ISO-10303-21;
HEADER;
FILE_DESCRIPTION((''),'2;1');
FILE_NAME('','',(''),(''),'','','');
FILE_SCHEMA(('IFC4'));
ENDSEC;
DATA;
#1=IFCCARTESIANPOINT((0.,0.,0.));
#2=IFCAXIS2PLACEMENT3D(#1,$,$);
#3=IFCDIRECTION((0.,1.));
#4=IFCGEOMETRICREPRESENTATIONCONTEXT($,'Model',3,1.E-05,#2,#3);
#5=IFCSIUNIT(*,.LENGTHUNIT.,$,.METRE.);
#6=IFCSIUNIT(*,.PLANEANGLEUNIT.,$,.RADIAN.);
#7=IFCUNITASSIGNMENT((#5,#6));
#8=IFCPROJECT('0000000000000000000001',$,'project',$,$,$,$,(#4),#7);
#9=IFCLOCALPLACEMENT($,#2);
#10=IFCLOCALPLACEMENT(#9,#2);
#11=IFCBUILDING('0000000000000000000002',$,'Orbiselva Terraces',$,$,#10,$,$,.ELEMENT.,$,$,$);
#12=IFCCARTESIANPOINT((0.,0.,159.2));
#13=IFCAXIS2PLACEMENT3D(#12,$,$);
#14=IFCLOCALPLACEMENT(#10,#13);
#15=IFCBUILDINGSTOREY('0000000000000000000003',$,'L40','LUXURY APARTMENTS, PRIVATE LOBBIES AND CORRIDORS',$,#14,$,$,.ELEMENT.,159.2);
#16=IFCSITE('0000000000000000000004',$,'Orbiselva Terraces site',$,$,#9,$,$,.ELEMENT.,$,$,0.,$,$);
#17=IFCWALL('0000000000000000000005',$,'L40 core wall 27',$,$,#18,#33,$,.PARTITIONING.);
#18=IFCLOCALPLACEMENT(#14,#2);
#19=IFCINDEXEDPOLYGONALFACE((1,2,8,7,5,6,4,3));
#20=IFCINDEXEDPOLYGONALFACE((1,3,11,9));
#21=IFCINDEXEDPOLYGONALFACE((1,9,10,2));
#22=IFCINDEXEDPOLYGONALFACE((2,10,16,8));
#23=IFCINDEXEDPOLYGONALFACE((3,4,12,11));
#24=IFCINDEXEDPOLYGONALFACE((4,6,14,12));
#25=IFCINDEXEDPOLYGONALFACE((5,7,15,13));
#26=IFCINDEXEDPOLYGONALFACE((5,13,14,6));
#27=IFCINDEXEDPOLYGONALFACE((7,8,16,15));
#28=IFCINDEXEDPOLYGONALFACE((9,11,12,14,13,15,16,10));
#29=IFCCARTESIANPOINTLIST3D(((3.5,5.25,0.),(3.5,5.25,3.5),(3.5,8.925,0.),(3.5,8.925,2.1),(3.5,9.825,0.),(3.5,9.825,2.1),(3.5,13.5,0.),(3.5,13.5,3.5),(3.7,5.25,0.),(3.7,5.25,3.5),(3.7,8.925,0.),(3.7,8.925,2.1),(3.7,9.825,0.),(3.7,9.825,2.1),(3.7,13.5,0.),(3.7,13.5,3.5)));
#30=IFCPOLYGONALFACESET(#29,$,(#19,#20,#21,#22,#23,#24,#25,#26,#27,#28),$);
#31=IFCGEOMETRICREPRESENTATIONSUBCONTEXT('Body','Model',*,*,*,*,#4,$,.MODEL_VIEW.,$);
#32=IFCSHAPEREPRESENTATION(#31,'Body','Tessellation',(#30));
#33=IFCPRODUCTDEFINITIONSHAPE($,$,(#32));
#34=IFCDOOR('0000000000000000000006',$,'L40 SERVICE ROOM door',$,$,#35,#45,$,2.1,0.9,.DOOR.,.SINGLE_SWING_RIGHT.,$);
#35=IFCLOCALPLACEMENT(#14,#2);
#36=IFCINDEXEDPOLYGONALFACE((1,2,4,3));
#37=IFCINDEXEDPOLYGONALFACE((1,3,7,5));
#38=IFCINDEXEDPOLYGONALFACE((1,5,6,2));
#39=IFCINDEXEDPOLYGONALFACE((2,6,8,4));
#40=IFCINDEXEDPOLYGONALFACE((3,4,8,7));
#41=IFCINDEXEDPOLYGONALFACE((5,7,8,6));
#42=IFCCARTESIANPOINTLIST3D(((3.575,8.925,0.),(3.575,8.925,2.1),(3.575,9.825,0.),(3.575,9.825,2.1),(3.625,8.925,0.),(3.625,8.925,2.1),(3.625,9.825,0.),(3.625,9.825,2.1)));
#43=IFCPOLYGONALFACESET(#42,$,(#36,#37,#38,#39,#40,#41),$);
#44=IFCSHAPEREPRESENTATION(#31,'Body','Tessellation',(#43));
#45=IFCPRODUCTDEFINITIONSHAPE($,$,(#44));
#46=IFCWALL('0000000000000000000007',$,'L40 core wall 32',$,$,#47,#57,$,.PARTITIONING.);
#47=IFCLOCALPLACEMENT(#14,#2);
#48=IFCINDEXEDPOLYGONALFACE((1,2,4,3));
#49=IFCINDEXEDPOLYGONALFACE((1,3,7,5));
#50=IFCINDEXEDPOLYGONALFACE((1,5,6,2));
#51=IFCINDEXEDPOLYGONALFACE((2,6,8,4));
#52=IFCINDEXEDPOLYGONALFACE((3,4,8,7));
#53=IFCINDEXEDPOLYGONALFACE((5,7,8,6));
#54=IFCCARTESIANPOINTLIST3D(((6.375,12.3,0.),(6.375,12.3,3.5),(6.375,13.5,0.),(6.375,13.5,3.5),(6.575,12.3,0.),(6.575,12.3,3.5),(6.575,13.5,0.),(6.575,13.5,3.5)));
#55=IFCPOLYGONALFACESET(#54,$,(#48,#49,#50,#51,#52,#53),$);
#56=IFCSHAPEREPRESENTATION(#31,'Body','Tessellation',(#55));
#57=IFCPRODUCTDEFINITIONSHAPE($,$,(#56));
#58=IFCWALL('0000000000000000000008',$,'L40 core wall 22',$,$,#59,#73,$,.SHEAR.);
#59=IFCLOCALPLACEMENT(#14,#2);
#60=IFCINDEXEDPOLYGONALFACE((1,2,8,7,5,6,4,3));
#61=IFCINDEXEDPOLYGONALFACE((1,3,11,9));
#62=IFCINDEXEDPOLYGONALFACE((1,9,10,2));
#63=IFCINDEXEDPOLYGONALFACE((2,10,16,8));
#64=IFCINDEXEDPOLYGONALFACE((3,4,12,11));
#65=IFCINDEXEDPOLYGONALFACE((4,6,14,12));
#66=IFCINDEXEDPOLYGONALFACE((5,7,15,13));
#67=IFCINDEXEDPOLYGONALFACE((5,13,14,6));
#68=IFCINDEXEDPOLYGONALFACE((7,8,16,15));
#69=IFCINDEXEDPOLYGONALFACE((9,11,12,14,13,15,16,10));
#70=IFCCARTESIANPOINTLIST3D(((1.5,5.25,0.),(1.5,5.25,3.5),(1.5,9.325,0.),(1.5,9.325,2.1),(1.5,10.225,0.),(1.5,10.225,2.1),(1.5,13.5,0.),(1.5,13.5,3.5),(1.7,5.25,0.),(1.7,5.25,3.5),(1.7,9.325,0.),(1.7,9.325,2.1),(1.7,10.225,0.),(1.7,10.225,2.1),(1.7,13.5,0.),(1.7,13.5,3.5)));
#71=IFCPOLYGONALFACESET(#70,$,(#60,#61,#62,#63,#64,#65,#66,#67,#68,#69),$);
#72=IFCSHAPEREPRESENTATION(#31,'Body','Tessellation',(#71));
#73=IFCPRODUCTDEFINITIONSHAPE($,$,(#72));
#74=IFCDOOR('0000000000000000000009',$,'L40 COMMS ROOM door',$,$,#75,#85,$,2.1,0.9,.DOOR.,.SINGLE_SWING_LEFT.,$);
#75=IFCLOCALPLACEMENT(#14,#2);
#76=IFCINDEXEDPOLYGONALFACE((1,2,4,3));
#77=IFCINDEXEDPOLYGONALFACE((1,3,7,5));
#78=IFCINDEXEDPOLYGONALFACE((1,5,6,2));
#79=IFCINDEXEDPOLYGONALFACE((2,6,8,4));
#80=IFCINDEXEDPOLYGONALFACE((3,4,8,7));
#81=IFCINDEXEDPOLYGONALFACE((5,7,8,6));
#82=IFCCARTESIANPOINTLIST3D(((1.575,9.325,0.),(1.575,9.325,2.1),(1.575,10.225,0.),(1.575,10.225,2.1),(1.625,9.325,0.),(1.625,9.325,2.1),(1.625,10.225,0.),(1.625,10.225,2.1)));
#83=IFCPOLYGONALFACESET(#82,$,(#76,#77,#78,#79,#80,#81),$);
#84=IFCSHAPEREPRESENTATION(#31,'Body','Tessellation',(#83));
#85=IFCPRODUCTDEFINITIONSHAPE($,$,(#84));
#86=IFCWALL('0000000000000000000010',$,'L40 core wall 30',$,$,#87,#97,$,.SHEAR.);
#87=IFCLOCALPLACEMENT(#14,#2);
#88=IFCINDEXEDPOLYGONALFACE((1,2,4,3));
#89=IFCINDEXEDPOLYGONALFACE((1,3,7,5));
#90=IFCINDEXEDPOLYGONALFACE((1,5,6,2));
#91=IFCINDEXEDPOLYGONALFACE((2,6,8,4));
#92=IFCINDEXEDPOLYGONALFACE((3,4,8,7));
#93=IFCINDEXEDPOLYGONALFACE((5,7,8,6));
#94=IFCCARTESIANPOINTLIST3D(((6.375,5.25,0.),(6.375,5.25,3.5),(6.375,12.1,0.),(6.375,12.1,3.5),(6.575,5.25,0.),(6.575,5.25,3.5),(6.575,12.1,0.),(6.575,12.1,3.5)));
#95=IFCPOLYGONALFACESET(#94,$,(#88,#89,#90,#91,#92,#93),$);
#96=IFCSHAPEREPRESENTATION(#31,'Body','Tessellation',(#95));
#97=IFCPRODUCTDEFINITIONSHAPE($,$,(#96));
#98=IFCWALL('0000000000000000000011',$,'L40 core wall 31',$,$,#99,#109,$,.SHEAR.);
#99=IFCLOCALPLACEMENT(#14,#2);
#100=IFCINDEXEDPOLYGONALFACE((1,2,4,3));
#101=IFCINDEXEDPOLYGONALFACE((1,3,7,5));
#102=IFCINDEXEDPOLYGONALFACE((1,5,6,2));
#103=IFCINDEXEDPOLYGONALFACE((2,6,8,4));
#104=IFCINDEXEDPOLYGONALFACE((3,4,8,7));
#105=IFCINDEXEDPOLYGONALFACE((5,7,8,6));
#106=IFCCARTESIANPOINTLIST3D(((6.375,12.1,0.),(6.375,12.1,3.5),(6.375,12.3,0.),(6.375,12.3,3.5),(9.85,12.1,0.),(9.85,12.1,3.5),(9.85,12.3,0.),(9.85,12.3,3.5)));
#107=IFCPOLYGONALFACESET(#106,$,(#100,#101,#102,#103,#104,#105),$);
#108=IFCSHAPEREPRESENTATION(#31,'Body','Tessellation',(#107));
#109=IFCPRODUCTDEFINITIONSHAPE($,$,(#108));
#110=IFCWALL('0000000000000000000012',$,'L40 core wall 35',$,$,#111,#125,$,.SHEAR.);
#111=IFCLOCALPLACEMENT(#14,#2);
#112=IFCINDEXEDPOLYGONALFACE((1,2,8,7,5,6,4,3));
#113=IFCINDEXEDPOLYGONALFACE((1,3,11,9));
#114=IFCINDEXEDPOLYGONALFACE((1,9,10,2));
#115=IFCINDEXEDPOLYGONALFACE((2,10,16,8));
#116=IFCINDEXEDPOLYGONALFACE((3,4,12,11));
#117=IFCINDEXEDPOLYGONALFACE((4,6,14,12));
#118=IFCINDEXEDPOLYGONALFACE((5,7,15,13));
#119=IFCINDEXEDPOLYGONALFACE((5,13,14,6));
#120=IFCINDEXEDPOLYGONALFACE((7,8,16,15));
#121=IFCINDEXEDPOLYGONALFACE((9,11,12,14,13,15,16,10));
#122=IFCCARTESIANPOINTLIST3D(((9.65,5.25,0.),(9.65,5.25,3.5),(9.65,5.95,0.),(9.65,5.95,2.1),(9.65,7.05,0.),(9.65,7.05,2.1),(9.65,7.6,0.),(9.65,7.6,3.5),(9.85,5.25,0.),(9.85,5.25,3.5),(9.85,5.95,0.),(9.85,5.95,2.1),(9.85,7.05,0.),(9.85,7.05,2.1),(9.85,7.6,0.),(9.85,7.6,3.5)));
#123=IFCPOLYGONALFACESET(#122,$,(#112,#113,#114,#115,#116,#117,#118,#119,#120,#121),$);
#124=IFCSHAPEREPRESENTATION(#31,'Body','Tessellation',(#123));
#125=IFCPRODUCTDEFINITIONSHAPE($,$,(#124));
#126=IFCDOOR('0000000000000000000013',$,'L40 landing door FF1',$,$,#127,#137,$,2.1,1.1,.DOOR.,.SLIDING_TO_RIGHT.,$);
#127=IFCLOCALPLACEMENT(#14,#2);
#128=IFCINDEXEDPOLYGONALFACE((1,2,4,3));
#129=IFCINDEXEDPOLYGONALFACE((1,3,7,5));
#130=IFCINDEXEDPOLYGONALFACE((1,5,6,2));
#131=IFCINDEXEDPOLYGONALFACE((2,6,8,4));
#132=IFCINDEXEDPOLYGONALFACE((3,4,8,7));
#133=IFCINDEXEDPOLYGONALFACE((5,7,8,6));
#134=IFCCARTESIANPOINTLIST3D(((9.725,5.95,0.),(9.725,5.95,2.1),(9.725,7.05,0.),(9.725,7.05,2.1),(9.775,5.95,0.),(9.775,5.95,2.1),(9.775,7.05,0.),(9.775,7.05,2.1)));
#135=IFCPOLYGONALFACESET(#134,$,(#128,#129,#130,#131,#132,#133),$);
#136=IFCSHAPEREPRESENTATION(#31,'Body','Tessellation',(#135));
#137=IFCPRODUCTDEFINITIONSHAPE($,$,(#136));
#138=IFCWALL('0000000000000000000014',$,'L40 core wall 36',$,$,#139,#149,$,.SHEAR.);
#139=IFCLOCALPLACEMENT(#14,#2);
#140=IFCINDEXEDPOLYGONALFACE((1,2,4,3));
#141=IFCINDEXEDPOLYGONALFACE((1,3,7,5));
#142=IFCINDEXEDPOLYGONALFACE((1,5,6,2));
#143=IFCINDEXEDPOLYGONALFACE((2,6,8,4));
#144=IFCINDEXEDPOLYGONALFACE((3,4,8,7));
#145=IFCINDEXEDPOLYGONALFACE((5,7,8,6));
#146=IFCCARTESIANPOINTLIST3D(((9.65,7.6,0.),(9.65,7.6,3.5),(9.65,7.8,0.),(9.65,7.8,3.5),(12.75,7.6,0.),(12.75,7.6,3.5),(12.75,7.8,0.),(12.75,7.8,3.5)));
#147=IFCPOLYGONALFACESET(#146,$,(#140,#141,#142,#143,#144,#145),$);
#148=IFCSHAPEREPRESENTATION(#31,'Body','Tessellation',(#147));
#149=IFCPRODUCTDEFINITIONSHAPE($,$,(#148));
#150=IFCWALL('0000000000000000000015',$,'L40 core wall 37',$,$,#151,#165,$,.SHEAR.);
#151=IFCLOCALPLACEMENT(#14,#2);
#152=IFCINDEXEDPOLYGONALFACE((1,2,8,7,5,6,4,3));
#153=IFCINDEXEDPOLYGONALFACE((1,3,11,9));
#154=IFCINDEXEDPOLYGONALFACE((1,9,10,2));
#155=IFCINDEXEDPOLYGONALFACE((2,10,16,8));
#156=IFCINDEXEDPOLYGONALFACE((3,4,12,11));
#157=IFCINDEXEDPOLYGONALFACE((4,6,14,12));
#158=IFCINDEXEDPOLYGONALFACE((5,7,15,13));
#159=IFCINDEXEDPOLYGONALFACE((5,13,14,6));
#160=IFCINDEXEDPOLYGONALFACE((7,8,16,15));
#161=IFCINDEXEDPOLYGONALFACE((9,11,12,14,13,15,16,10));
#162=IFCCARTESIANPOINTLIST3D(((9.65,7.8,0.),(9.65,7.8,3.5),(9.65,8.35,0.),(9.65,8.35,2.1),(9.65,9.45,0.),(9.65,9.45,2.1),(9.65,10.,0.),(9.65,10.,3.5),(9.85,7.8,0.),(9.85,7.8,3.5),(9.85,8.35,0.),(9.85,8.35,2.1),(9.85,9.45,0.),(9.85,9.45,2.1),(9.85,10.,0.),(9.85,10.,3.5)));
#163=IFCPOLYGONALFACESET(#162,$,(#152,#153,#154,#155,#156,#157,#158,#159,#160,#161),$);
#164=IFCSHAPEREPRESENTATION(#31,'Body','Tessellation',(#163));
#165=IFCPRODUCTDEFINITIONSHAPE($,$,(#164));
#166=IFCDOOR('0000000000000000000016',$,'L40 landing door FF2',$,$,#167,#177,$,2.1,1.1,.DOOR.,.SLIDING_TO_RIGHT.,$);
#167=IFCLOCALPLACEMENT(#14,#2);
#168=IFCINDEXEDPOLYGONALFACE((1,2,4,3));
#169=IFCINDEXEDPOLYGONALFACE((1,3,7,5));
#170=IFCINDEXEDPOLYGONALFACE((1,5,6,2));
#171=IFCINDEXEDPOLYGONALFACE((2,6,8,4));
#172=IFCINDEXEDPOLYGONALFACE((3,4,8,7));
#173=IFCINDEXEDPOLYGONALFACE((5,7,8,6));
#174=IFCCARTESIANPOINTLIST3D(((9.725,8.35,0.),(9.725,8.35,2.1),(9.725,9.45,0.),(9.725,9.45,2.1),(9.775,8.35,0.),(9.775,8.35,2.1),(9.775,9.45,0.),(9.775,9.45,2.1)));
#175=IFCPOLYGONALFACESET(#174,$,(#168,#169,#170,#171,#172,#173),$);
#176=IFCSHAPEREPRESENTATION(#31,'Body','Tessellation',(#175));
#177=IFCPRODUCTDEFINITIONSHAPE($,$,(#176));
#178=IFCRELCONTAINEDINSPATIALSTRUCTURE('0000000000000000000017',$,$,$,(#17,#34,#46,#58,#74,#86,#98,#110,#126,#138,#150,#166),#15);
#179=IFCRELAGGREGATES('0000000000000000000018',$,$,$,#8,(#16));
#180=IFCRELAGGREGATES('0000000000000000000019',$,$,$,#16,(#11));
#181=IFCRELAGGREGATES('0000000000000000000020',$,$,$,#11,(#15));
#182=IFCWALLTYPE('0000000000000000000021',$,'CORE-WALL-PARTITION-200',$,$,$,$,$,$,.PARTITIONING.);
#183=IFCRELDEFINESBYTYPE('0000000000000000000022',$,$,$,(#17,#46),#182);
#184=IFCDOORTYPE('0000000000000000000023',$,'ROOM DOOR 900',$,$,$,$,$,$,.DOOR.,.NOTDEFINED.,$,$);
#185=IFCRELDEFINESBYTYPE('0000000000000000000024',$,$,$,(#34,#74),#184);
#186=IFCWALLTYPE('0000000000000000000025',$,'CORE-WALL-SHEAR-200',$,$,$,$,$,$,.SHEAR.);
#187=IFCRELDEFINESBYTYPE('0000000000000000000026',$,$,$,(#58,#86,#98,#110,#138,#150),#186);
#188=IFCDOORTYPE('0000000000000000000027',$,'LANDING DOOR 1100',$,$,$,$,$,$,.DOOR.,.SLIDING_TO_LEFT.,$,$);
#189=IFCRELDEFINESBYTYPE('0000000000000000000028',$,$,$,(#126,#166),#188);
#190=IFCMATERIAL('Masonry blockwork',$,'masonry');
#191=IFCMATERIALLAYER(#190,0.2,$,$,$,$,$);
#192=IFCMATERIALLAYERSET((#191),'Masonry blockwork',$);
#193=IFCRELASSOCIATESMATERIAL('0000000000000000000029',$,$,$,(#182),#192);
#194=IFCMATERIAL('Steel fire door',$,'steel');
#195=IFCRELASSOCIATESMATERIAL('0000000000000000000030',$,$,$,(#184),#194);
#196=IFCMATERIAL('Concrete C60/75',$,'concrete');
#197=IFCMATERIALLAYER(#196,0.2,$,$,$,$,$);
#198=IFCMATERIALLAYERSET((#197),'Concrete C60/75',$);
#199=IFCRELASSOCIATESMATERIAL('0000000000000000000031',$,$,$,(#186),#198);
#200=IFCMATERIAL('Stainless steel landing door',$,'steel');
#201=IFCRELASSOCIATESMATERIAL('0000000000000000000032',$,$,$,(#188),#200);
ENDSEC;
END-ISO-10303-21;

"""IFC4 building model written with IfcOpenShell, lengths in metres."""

from ifc_helpers import new_model, si_unit, direction, frame, frame_2d, origin, place, context, subcontext, project, spatial, rectangle, extrude, material, layer, layer_set, type_object, element, fill, save


model = new_model("IFC4")

# Units and contexts
model_context = context("Model", 3, precision=1e-05, world=origin(), true_north=direction((0.0, 1.0)))
body_context = subcontext(model_context, "Body", "Model", "MODEL_VIEW")
ifc_project = project(units=[si_unit("LENGTHUNIT", "METRE"), si_unit("PLANEANGLEUNIT", "RADIAN")], contexts=[model_context])

# Site, building, storey
site_placement = place(None, origin())
site = spatial("IfcSite", under=ifc_project, at=site_placement, Name="Orbiselva Terraces site", CompositionType="ELEMENT", RefElevation=0.0)
building_placement = place(site_placement, origin())
building = spatial("IfcBuilding", under=site, at=building_placement, Name="Orbiselva Terraces", CompositionType="ELEMENT")
storey_placement = place(building_placement, frame((0.0, 0.0, 159.2)))
storey = spatial("IfcBuildingStorey", under=building, at=storey_placement, Name="L40", Description="LUXURY APARTMENTS, PRIVATE LOBBIES AND CORRIDORS", CompositionType="ELEMENT", Elevation=159.2)

# Wall, opening, door
ifc_material_1 = material(Name="Masonry blockwork", Category="masonry")
ifc_layer_1 = layer(ifc_material_1, 0.2)
ifc_layer_set_1 = layer_set([ifc_layer_1], Name="Masonry blockwork")
wall_type_1 = type_object("IfcWallType", Name="CORE-WALL-PARTITION-200", PredefinedType="PARTITIONING", material=ifc_layer_set_1)
wall_1_placement = place(storey_placement, frame((3.6, 13.5, 0.0), z_axis=(0.0, 0.0, 1.0), x_axis=(0.0, -1.0, 0.0)))
wall_1 = element("IfcWall", 1, at=wall_1_placement, inside=storey, type_object=wall_type_1, Name="L40 core wall 27", PredefinedType="PARTITIONING", context=body_context, shape_type="SweptSolid", body=[
    extrude(rectangle(XDim=8.25, YDim=0.2, at=frame_2d((4.125, 0.0))), origin(), (0.0, 0.0, 1.0), 3.5),
])
opening_1_placement = place(wall_1_placement, frame((3.675, 0.0, 0.0)))
opening_1 = element("IfcOpeningElement", 2, at=opening_1_placement, cuts=wall_1, PredefinedType="OPENING", context=body_context, shape_type="SweptSolid", body=[
    extrude(rectangle(XDim=0.9, YDim=2.1, at=frame_2d((0.45, 1.05))), frame((0.0, 0.11, 0.0), z_axis=(0.0, -1.0, 0.0), x_axis=(1.0, 0.0, 0.0)), (0.0, 0.0, 1.0), 0.22),
])
ifc_material_2 = material(Name="Steel fire door", Category="steel")
door_type_1 = type_object("IfcDoorType", Name="ROOM DOOR 900", OperationType="NOTDEFINED", PredefinedType="DOOR", material=ifc_material_2)
door_1_placement = place(opening_1_placement, origin())
door_1 = element("IfcDoor", 3, at=door_1_placement, inside=storey, type_object=door_type_1, Name="L40 SERVICE ROOM door", OperationType="SINGLE_SWING_RIGHT", OverallHeight=2.1, OverallWidth=0.9, PredefinedType="DOOR", context=body_context, shape_type="SweptSolid", body=[
    extrude(rectangle(XDim=0.9, YDim=2.1, at=frame_2d((0.45, 1.05))), frame((0.0, 0.025, 0.0), z_axis=(0.0, -1.0, 0.0), x_axis=(1.0, 0.0, 0.0)), (0.0, 0.0, 1.0), 0.05),
])
fill(opening_1, door_1)

# Wall
wall_2_placement = place(storey_placement, frame((6.475, 12.3, 0.0), z_axis=(0.0, 0.0, 1.0), x_axis=(0.0, 1.0, 0.0)))
element("IfcWall", 4, at=wall_2_placement, inside=storey, type_object=wall_type_1, Name="L40 core wall 32", PredefinedType="PARTITIONING", context=body_context, shape_type="SweptSolid", body=[
    extrude(rectangle(XDim=1.2, YDim=0.2, at=frame_2d((0.6, 0.0))), origin(), (0.0, 0.0, 1.0), 3.5),
])

# Wall, opening, door
ifc_material_3 = material(Name="Concrete C60/75", Category="concrete")
ifc_layer_2 = layer(ifc_material_3, 0.2)
ifc_layer_set_2 = layer_set([ifc_layer_2], Name="Concrete C60/75")
wall_type_2 = type_object("IfcWallType", Name="CORE-WALL-SHEAR-200", PredefinedType="SHEAR", material=ifc_layer_set_2)
wall_3_placement = place(storey_placement, frame((1.6, 13.5, 0.0), z_axis=(0.0, 0.0, 1.0), x_axis=(0.0, -1.0, 0.0)))
wall_3 = element("IfcWall", 5, at=wall_3_placement, inside=storey, type_object=wall_type_2, Name="L40 core wall 22", PredefinedType="SHEAR", context=body_context, shape_type="SweptSolid", body=[
    extrude(rectangle(XDim=8.25, YDim=0.2, at=frame_2d((4.125, 0.0))), origin(), (0.0, 0.0, 1.0), 3.5),
])
opening_2_placement = place(wall_3_placement, frame((3.275, 0.0, 0.0)))
opening_2 = element("IfcOpeningElement", 6, at=opening_2_placement, cuts=wall_3, PredefinedType="OPENING", context=body_context, shape_type="SweptSolid", body=[
    extrude(rectangle(XDim=0.9, YDim=2.1, at=frame_2d((0.45, 1.05))), frame((0.0, 0.11, 0.0), z_axis=(0.0, -1.0, 0.0), x_axis=(1.0, 0.0, 0.0)), (0.0, 0.0, 1.0), 0.22),
])
door_2_placement = place(opening_2_placement, origin())
door_2 = element("IfcDoor", 7, at=door_2_placement, inside=storey, type_object=door_type_1, Name="L40 COMMS ROOM door", OperationType="SINGLE_SWING_LEFT", OverallHeight=2.1, OverallWidth=0.9, PredefinedType="DOOR", context=body_context, shape_type="SweptSolid", body=[
    extrude(rectangle(XDim=0.9, YDim=2.1, at=frame_2d((0.45, 1.05))), frame((0.0, 0.025, 0.0), z_axis=(0.0, -1.0, 0.0), x_axis=(1.0, 0.0, 0.0)), (0.0, 0.0, 1.0), 0.05),
])
fill(opening_2, door_2)

# Walls
wall_4_placement = place(storey_placement, frame((6.475, 5.25, 0.0), z_axis=(0.0, 0.0, 1.0), x_axis=(0.0, 1.0, 0.0)))
element("IfcWall", 8, at=wall_4_placement, inside=storey, type_object=wall_type_2, Name="L40 core wall 30", PredefinedType="SHEAR", context=body_context, shape_type="SweptSolid", body=[
    extrude(rectangle(XDim=6.85, YDim=0.2, at=frame_2d((3.425, 0.0))), origin(), (0.0, 0.0, 1.0), 3.5),
])
wall_5_placement = place(storey_placement, frame((6.375, 12.2, 0.0), z_axis=(0.0, 0.0, 1.0), x_axis=(1.0, 0.0, 0.0)))
element("IfcWall", 9, at=wall_5_placement, inside=storey, type_object=wall_type_2, Name="L40 core wall 31", PredefinedType="SHEAR", context=body_context, shape_type="SweptSolid", body=[
    extrude(rectangle(XDim=3.475, YDim=0.2, at=frame_2d((1.7375, 0.0))), origin(), (0.0, 0.0, 1.0), 3.5),
])

# Wall, opening, door
wall_6_placement = place(storey_placement, frame((9.75, 5.25, 0.0), z_axis=(0.0, 0.0, 1.0), x_axis=(0.0, 1.0, 0.0)))
wall_6 = element("IfcWall", 10, at=wall_6_placement, inside=storey, type_object=wall_type_2, Name="L40 core wall 35", PredefinedType="SHEAR", context=body_context, shape_type="SweptSolid", body=[
    extrude(rectangle(XDim=2.35, YDim=0.2, at=frame_2d((1.175, 0.0))), origin(), (0.0, 0.0, 1.0), 3.5),
])
opening_3_placement = place(wall_6_placement, frame((0.7, 0.0, 0.0)))
opening_3 = element("IfcOpeningElement", 11, at=opening_3_placement, cuts=wall_6, PredefinedType="OPENING", context=body_context, shape_type="SweptSolid", body=[
    extrude(rectangle(XDim=1.1, YDim=2.1, at=frame_2d((0.55, 1.05))), frame((0.0, 0.11, 0.0), z_axis=(0.0, -1.0, 0.0), x_axis=(1.0, 0.0, 0.0)), (0.0, 0.0, 1.0), 0.22),
])
ifc_material_4 = material(Name="Stainless steel landing door", Category="steel")
door_type_2 = type_object("IfcDoorType", Name="LANDING DOOR 1100", OperationType="SLIDING_TO_LEFT", PredefinedType="DOOR", material=ifc_material_4)
door_3_placement = place(opening_3_placement, origin())
door_3 = element("IfcDoor", 12, at=door_3_placement, inside=storey, type_object=door_type_2, Name="L40 landing door FF1", OperationType="SLIDING_TO_RIGHT", OverallHeight=2.1, OverallWidth=1.1, PredefinedType="DOOR", context=body_context, shape_type="SweptSolid", body=[
    extrude(rectangle(XDim=1.1, YDim=2.1, at=frame_2d((0.55, 1.05))), frame((0.0, 0.025, 0.0), z_axis=(0.0, -1.0, 0.0), x_axis=(1.0, 0.0, 0.0)), (0.0, 0.0, 1.0), 0.05),
])
fill(opening_3, door_3)

# Wall
wall_7_placement = place(storey_placement, frame((9.65, 7.7, 0.0), z_axis=(0.0, 0.0, 1.0), x_axis=(1.0, 0.0, 0.0)))
element("IfcWall", 13, at=wall_7_placement, inside=storey, type_object=wall_type_2, Name="L40 core wall 36", PredefinedType="SHEAR", context=body_context, shape_type="SweptSolid", body=[
    extrude(rectangle(XDim=3.1, YDim=0.2, at=frame_2d((1.55, 0.0))), origin(), (0.0, 0.0, 1.0), 3.5),
])

# Wall, opening, door
wall_8_placement = place(storey_placement, frame((9.75, 7.8, 0.0), z_axis=(0.0, 0.0, 1.0), x_axis=(0.0, 1.0, 0.0)))
wall_8 = element("IfcWall", 14, at=wall_8_placement, inside=storey, type_object=wall_type_2, Name="L40 core wall 37", PredefinedType="SHEAR", context=body_context, shape_type="SweptSolid", body=[
    extrude(rectangle(XDim=2.2, YDim=0.2, at=frame_2d((1.1, 0.0))), origin(), (0.0, 0.0, 1.0), 3.5),
])
opening_4_placement = place(wall_8_placement, frame((0.55, 0.0, 0.0)))
opening_4 = element("IfcOpeningElement", 15, at=opening_4_placement, cuts=wall_8, PredefinedType="OPENING", context=body_context, shape_type="SweptSolid", body=[
    extrude(rectangle(XDim=1.1, YDim=2.1, at=frame_2d((0.55, 1.05))), frame((0.0, 0.11, 0.0), z_axis=(0.0, -1.0, 0.0), x_axis=(1.0, 0.0, 0.0)), (0.0, 0.0, 1.0), 0.22),
])
door_4_placement = place(opening_4_placement, origin())
door_4 = element("IfcDoor", 16, at=door_4_placement, inside=storey, type_object=door_type_2, Name="L40 landing door FF2", OperationType="SLIDING_TO_RIGHT", OverallHeight=2.1, OverallWidth=1.1, PredefinedType="DOOR", context=body_context, shape_type="SweptSolid", body=[
    extrude(rectangle(XDim=1.1, YDim=2.1, at=frame_2d((0.55, 1.05))), frame((0.0, 0.025, 0.0), z_axis=(0.0, -1.0, 0.0), x_axis=(1.0, 0.0, 0.0)), (0.0, 0.0, 1.0), 0.05),
])
fill(opening_4, door_4)

save(model, "model.ifc")
